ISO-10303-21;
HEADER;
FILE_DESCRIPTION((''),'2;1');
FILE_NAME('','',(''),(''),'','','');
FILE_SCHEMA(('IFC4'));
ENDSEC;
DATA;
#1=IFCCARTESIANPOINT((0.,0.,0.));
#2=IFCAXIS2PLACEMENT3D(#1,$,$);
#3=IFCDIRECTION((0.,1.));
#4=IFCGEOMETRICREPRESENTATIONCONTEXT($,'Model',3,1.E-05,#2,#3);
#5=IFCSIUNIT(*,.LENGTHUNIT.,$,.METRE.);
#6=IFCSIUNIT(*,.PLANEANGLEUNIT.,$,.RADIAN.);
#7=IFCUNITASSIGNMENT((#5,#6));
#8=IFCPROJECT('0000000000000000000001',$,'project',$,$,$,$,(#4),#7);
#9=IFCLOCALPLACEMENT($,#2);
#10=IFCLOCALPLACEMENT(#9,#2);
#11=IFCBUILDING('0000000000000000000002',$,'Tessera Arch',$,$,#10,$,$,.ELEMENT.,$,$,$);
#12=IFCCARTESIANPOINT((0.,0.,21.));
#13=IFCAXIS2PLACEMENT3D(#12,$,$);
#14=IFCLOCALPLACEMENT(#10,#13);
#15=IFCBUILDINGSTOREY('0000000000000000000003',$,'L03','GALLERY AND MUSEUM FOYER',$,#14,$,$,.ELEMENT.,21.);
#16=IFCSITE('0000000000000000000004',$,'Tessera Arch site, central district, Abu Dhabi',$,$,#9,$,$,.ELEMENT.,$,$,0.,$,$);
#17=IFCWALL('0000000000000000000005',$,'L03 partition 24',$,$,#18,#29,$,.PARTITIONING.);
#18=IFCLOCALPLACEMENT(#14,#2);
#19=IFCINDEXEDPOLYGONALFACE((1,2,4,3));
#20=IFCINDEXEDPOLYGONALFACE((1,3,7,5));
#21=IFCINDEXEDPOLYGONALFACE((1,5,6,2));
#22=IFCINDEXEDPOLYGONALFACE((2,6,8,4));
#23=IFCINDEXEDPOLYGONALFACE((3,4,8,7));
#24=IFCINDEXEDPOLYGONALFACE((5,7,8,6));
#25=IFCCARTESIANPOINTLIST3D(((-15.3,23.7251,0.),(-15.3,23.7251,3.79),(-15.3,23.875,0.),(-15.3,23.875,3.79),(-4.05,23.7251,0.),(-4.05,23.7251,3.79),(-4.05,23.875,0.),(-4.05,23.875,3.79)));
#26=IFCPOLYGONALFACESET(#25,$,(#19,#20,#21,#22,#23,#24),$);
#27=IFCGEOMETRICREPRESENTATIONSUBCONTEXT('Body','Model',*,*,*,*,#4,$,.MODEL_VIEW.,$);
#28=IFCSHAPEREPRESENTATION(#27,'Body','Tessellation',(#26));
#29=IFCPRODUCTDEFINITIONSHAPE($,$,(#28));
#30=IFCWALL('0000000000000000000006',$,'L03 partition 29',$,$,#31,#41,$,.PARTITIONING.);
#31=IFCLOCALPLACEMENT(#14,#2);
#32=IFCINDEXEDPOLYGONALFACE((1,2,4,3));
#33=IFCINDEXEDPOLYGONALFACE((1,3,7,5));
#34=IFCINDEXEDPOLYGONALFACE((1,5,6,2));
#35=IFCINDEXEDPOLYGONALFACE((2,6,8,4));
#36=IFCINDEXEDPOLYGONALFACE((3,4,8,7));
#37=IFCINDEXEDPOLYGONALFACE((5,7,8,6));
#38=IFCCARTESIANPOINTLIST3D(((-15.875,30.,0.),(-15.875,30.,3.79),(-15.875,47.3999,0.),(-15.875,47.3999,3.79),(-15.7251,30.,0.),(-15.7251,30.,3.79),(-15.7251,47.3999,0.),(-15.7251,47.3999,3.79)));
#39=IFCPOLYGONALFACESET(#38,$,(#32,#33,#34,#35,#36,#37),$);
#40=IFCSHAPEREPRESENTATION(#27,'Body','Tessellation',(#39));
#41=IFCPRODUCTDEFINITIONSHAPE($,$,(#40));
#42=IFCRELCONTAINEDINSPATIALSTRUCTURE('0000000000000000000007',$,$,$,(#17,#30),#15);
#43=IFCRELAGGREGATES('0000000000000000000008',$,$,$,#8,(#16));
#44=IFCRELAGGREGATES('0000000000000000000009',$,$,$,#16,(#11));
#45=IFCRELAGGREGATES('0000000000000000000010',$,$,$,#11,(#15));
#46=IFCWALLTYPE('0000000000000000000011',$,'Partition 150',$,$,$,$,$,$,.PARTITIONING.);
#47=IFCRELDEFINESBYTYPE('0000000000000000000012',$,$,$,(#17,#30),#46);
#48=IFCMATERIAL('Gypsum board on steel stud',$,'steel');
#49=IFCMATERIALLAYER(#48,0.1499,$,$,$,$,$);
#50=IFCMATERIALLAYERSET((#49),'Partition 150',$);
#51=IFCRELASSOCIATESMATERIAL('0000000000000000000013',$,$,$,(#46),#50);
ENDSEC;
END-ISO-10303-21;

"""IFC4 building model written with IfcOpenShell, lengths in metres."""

from ifc_helpers import new_model, si_unit, direction, frame, frame_2d, origin, place, context, subcontext, project, spatial, rectangle, extrude, material, layer, layer_set, type_object, element, save


model = new_model("IFC4")

# Units and contexts
model_context = context("Model", 3, precision=1e-05, world=origin(), true_north=direction((0.0, 1.0)))
body_context = subcontext(model_context, "Body", "Model", "MODEL_VIEW")
ifc_project = project(units=[si_unit("LENGTHUNIT", "METRE"), si_unit("PLANEANGLEUNIT", "RADIAN")], contexts=[model_context])

# Site, building, storey
site_placement = place(None, origin())
site = spatial("IfcSite", under=ifc_project, at=site_placement, Name="Tessera Arch site, central district, Abu Dhabi", CompositionType="ELEMENT", RefElevation=0.0)
building_placement = place(site_placement, origin())
building = spatial("IfcBuilding", under=site, at=building_placement, Name="Tessera Arch", CompositionType="ELEMENT")
storey_placement = place(building_placement, frame((0.0, 0.0, 21.0)))
storey = spatial("IfcBuildingStorey", under=building, at=storey_placement, Name="L03", Description="GALLERY AND MUSEUM FOYER", CompositionType="ELEMENT", Elevation=21.0)

# Walls
ifc_material_1 = material(Name="Gypsum board on steel stud", Category="steel")
ifc_layer_1 = layer(ifc_material_1, 0.1499)
ifc_layer_set_1 = layer_set([ifc_layer_1], Name="Partition 150")
wall_type = type_object("IfcWallType", Name="Partition 150", PredefinedType="PARTITIONING", material=ifc_layer_set_1)
wall_1_placement = place(storey_placement, frame((-15.3, 23.8, 0.0), z_axis=(0.0, 0.0, 1.0), x_axis=(1.0, 0.0, 0.0)))
element("IfcWall", 1, at=wall_1_placement, inside=storey, type_object=wall_type, Name="L03 partition 24", PredefinedType="PARTITIONING", context=body_context, shape_type="SweptSolid", body=[
    extrude(rectangle(XDim=11.25, YDim=0.1499, at=frame_2d((5.625, 0.0))), origin(), (0.0, 0.0, 1.0), 3.79),
])
wall_2_placement = place(storey_placement, frame((-15.8, 30.0, 0.0), z_axis=(0.0, 0.0, 1.0), x_axis=(0.0, 1.0, 0.0)))
element("IfcWall", 2, at=wall_2_placement, inside=storey, type_object=wall_type, Name="L03 partition 29", PredefinedType="PARTITIONING", context=body_context, shape_type="SweptSolid", body=[
    extrude(rectangle(XDim=17.3999, YDim=0.1499, at=frame_2d((8.7, 0.0))), origin(), (0.0, 0.0, 1.0), 3.79),
])

save(model, "model.ifc")
